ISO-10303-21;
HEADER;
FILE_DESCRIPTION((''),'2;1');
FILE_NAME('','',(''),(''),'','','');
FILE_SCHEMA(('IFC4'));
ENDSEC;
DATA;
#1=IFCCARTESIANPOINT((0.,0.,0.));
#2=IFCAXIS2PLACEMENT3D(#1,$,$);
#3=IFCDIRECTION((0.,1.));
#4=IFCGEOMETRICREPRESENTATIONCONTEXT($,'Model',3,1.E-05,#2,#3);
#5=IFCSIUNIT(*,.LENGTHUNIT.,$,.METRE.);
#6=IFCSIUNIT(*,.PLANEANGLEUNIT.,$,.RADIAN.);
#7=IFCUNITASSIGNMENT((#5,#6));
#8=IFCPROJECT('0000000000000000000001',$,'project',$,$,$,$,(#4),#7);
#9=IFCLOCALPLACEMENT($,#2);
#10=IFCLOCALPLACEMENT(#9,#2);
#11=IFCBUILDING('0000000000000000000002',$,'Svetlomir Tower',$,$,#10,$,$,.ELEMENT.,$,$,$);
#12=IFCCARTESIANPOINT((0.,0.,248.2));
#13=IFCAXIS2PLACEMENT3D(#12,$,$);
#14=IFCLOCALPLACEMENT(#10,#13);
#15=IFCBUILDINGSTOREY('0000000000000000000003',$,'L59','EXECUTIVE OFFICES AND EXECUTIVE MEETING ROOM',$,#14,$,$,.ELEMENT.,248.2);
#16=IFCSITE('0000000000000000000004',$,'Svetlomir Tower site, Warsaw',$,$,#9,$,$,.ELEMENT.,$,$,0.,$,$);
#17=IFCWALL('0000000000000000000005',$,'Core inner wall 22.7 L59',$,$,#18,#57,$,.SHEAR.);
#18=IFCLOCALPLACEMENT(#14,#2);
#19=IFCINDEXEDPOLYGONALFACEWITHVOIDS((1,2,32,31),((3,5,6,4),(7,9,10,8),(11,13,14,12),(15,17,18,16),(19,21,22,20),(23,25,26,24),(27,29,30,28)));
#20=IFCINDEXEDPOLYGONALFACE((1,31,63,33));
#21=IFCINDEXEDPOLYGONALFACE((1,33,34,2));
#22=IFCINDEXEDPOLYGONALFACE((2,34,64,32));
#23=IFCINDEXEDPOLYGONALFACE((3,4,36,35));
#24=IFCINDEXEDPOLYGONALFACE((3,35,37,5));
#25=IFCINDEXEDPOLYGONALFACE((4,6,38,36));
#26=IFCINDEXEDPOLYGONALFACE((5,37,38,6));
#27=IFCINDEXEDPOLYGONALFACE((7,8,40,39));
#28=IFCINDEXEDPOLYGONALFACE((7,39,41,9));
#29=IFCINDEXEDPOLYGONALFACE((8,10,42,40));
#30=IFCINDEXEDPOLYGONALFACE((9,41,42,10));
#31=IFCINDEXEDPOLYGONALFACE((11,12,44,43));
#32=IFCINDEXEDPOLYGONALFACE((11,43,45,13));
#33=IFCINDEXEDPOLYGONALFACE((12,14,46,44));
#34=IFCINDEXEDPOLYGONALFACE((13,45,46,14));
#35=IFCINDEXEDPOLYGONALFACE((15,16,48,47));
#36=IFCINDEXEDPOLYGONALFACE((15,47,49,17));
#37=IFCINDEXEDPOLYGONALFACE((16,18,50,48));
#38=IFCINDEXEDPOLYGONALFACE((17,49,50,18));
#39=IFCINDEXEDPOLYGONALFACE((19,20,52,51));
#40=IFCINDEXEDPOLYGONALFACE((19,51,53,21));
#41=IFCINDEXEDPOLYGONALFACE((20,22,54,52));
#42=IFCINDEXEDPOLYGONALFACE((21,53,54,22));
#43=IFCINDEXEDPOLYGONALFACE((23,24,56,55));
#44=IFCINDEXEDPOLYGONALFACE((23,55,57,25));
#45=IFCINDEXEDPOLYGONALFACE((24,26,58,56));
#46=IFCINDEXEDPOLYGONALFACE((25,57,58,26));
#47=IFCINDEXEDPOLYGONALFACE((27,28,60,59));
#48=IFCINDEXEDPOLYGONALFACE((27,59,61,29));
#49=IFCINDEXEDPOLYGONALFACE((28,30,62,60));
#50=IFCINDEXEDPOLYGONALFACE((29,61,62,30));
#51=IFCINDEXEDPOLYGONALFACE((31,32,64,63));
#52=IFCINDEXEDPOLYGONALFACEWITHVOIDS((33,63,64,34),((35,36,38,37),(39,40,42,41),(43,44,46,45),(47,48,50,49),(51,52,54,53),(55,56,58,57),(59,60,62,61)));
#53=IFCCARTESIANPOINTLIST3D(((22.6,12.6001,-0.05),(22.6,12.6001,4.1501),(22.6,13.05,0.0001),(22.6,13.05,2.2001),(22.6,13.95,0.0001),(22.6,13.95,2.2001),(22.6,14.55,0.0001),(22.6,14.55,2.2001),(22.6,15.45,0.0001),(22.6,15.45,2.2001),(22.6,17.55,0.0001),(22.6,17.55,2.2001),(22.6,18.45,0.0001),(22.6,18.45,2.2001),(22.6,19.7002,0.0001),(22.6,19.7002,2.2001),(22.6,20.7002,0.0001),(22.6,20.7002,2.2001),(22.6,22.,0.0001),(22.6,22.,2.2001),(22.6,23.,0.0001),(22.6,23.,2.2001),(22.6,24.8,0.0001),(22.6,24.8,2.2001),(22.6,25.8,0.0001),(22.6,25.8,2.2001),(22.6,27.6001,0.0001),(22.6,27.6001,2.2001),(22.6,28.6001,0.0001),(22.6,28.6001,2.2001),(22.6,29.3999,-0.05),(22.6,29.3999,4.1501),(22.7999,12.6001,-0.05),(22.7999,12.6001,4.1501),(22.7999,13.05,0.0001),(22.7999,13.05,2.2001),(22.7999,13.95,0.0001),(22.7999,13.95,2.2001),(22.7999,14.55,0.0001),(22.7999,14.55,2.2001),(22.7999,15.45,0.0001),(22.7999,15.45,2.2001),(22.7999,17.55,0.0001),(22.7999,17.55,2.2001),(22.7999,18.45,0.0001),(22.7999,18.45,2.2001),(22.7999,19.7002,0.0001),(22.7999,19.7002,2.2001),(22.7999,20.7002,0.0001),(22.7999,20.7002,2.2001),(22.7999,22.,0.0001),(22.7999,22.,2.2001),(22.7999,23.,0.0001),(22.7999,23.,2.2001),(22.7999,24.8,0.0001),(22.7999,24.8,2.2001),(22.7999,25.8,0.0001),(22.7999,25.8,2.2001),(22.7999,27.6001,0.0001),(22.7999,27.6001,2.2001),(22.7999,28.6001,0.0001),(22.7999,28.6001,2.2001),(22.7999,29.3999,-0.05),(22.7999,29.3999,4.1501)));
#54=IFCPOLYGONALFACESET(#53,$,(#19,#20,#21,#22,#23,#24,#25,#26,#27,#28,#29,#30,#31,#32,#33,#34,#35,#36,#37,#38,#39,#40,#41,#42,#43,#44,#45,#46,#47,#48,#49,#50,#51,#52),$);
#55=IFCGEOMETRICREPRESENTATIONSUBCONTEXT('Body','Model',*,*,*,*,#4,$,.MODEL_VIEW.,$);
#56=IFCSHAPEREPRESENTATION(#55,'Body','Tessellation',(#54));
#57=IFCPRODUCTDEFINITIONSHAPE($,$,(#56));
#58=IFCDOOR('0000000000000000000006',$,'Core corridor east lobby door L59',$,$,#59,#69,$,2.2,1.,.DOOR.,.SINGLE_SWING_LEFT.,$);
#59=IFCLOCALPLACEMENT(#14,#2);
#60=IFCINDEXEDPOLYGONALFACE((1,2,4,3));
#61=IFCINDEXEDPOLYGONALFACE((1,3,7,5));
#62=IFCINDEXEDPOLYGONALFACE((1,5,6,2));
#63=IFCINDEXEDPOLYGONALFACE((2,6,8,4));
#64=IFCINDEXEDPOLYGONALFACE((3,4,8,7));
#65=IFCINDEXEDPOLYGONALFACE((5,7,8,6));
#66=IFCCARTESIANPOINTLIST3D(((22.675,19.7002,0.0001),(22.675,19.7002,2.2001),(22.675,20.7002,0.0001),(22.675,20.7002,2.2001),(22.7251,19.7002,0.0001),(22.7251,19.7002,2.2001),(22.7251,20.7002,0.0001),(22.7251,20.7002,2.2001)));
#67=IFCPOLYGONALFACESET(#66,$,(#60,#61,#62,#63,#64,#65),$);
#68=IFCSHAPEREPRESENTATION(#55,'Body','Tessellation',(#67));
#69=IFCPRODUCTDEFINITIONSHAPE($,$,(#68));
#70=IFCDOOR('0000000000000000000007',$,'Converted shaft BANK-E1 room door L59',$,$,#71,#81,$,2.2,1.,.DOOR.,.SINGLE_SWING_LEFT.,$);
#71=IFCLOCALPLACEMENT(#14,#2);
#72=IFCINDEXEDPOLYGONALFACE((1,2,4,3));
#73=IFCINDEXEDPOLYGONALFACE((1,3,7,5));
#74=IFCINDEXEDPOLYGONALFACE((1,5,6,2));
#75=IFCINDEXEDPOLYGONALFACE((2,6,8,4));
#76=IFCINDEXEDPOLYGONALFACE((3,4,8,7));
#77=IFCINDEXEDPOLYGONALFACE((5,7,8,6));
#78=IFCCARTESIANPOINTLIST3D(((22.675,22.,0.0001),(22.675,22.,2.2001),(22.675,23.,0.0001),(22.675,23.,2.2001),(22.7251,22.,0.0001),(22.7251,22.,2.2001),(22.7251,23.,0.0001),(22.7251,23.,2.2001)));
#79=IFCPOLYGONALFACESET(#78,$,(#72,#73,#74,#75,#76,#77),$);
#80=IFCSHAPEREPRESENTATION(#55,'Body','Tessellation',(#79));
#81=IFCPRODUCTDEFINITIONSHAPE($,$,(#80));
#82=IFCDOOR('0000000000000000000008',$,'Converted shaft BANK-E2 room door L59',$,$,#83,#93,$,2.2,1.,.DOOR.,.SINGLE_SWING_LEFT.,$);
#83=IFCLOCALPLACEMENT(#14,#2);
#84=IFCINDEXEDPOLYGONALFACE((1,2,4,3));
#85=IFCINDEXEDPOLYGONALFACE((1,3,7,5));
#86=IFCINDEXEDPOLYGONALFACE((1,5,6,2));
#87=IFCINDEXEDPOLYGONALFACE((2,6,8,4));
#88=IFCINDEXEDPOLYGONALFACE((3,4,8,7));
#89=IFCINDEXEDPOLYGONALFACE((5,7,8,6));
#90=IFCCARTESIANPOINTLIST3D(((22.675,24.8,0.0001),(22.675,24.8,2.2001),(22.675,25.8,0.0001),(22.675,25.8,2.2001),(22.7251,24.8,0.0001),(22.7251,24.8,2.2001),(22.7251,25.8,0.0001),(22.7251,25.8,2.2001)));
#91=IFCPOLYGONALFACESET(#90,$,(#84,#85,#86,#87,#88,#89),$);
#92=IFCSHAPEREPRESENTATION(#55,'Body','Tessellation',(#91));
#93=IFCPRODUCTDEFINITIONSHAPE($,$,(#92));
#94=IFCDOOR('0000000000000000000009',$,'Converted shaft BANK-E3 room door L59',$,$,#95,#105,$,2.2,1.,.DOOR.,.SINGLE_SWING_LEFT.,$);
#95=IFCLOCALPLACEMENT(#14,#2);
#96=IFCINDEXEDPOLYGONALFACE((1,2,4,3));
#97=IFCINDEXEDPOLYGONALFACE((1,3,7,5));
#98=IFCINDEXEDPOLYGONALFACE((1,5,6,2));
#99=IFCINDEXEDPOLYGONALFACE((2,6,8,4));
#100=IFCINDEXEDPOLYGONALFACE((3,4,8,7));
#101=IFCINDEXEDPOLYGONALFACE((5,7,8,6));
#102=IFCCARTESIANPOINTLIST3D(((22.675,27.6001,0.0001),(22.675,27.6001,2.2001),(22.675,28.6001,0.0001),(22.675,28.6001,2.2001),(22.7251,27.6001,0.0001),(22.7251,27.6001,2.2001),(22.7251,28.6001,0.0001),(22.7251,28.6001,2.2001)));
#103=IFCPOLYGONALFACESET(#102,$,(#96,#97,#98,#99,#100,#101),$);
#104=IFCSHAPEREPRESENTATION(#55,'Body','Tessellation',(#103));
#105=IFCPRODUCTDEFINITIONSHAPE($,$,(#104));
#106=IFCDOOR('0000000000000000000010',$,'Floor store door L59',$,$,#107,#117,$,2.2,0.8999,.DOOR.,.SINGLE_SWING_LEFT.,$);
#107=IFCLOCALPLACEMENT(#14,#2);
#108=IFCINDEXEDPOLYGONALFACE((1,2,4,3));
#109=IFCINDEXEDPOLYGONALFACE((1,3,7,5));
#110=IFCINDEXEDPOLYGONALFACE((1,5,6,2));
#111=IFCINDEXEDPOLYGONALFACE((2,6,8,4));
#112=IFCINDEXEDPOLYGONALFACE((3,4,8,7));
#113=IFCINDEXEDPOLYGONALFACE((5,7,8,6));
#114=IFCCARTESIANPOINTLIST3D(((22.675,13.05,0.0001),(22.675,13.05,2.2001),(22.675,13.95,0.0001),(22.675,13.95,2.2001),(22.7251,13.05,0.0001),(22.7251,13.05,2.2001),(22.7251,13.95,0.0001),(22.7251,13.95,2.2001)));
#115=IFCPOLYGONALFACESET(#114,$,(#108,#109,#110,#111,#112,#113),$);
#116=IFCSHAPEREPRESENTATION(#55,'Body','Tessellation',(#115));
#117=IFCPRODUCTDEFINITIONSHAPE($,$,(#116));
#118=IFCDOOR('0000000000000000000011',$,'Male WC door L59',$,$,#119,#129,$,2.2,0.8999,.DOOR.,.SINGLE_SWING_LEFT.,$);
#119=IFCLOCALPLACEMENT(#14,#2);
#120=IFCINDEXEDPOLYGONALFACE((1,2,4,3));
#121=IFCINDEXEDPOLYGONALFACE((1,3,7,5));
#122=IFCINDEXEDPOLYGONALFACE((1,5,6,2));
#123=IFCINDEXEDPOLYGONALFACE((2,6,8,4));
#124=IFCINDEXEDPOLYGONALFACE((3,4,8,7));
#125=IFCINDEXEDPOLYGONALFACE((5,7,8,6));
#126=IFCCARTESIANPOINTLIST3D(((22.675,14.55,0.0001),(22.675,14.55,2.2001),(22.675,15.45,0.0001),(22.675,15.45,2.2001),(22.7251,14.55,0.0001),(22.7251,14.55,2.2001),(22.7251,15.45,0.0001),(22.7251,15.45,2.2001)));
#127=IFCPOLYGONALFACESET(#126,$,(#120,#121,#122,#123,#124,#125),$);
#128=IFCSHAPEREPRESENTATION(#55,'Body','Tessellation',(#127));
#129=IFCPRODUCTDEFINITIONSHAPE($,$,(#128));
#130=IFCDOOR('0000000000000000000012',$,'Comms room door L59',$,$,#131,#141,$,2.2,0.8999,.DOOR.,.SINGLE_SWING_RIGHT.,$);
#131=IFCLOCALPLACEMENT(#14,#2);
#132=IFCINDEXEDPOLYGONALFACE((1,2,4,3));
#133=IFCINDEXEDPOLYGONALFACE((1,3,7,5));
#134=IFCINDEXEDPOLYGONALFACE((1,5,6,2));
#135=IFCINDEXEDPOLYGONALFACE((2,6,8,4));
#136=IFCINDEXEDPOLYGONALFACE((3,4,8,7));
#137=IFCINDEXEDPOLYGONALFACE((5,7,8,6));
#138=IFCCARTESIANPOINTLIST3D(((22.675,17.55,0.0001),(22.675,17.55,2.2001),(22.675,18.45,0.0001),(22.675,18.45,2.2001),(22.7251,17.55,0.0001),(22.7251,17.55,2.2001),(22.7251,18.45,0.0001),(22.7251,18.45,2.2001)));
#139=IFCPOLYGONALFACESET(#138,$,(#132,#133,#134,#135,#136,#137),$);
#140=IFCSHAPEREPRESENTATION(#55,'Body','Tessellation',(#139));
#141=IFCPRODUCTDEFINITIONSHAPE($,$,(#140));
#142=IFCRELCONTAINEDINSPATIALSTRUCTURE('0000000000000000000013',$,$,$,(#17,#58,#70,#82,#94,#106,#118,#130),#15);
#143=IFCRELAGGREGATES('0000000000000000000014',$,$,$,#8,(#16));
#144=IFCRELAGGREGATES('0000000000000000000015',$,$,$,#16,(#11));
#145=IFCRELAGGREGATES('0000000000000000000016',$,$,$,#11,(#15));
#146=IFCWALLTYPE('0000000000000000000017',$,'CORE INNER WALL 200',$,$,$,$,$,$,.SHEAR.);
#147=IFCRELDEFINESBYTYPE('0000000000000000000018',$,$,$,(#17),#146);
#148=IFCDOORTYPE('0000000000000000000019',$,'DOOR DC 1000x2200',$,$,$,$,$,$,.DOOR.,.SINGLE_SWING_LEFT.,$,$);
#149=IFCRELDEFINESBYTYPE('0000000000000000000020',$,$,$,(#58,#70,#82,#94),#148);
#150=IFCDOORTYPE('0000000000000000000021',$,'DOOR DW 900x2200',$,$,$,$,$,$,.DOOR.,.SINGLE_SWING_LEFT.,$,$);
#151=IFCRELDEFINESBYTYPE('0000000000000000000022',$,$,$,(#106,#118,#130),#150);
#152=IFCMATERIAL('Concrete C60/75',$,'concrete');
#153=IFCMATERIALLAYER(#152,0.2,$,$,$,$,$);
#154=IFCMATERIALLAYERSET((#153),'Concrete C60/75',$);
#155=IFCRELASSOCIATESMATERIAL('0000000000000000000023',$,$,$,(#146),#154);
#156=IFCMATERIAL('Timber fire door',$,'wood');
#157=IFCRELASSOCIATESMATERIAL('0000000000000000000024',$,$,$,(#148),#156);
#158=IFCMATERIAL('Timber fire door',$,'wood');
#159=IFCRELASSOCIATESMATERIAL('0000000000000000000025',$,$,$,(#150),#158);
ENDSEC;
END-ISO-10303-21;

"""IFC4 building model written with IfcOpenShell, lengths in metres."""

from ifc_helpers import new_model, si_unit, direction, frame, frame_2d, origin, place, context, subcontext, project, spatial, rectangle, extrude, material, layer, layer_set, type_object, element, fill, save


model = new_model("IFC4")

# Units and contexts
model_context = context("Model", 3, precision=1e-05, world=origin(), true_north=direction((0.0, 1.0)))
body_context = subcontext(model_context, "Body", "Model", "MODEL_VIEW")
ifc_project = project(units=[si_unit("LENGTHUNIT", "METRE"), si_unit("PLANEANGLEUNIT", "RADIAN")], contexts=[model_context])

# Site, building, storey
site_placement = place(None, origin())
site = spatial("IfcSite", under=ifc_project, at=site_placement, Name="Svetlomir Tower site, Warsaw", CompositionType="ELEMENT", RefElevation=0.0)
building_placement = place(site_placement, origin())
building = spatial("IfcBuilding", under=site, at=building_placement, Name="Svetlomir Tower", CompositionType="ELEMENT")
storey_placement = place(building_placement, frame((0.0, 0.0, 248.2)))
storey = spatial("IfcBuildingStorey", under=building, at=storey_placement, Name="L59", Description="EXECUTIVE OFFICES AND EXECUTIVE MEETING ROOM", CompositionType="ELEMENT", Elevation=248.2)

# Shared definitions
ifc_material_1 = material(Name="Concrete C60/75", Category="concrete")
ifc_layer_1 = layer(ifc_material_1, 0.2)
ifc_layer_set_1 = layer_set([ifc_layer_1], Name="Concrete C60/75")
wall_type_1 = type_object("IfcWallType", Name="CORE INNER WALL 200", PredefinedType="SHEAR", material=ifc_layer_set_1)

# Wall, openings, doors
ifc_material_2 = material(Name="Timber fire door", Category="wood")
door_type_1 = type_object("IfcDoorType", Name="DOOR DC 1000x2200", OperationType="SINGLE_SWING_LEFT", PredefinedType="DOOR", material=ifc_material_2)
ifc_material_3 = material(Name="Timber fire door", Category="wood")
door_type_2 = type_object("IfcDoorType", Name="DOOR DW 900x2200", OperationType="SINGLE_SWING_LEFT", PredefinedType="DOOR", material=ifc_material_3)
wall_1_placement = place(storey_placement, frame((22.7, 12.6001, -0.05), z_axis=(0.0, 0.0, 1.0), x_axis=(0.0, 1.0, 0.0)))
wall_1 = element("IfcWall", 1, at=wall_1_placement, inside=storey, type_object=wall_type_1, Name="Core inner wall 22.7 L59", PredefinedType="SHEAR", context=body_context, shape_type="SweptSolid", body=[
    extrude(rectangle(XDim=16.7998, YDim=0.2, at=frame_2d((8.3999, 0.0))), origin(), (0.0, 0.0, 1.0), 4.2002),
])
opening_1_placement = place(wall_1_placement, frame((0.45, 0.0, 0.05)))
opening_1 = element("IfcOpeningElement", 2, at=opening_1_placement, cuts=wall_1, PredefinedType="OPENING", context=body_context, shape_type="SweptSolid", body=[
    extrude(rectangle(XDim=0.8999, YDim=2.2, at=frame_2d((0.45, 1.1001))), frame((0.0, 0.1099, 0.0), z_axis=(0.0, -1.0, 0.0), x_axis=(1.0, 0.0, 0.0)), (0.0, 0.0, 1.0), 0.22),
])
opening_2_placement = place(wall_1_placement, frame((7.1001, 0.0, 0.05)))
opening_2 = element("IfcOpeningElement", 3, at=opening_2_placement, cuts=wall_1, PredefinedType="OPENING", context=body_context, shape_type="SweptSolid", body=[
    extrude(rectangle(XDim=1.0, YDim=2.2, at=frame_2d((0.5, 1.1001))), frame((0.0, 0.1099, 0.0), z_axis=(0.0, -1.0, 0.0), x_axis=(1.0, 0.0, 0.0)), (0.0, 0.0, 1.0), 0.22),
])
opening_3_placement = place(wall_1_placement, frame((1.95, 0.0, 0.05)))
opening_3 = element("IfcOpeningElement", 4, at=opening_3_placement, cuts=wall_1, PredefinedType="OPENING", context=body_context, shape_type="SweptSolid", body=[
    extrude(rectangle(XDim=0.8999, YDim=2.2, at=frame_2d((0.45, 1.1001))), frame((0.0, 0.1099, 0.0), z_axis=(0.0, -1.0, 0.0), x_axis=(1.0, 0.0, 0.0)), (0.0, 0.0, 1.0), 0.22),
])
opening_4_placement = place(wall_1_placement, frame((4.95, 0.0, 0.05)))
opening_4 = element("IfcOpeningElement", 5, at=opening_4_placement, cuts=wall_1, PredefinedType="OPENING", context=body_context, shape_type="SweptSolid", body=[
    extrude(rectangle(XDim=0.8999, YDim=2.2, at=frame_2d((0.45, 1.1001))), frame((0.0, 0.1099, 0.0), z_axis=(0.0, -1.0, 0.0), x_axis=(1.0, 0.0, 0.0)), (0.0, 0.0, 1.0), 0.22),
])
opening_5_placement = place(wall_1_placement, frame((9.3999, 0.0, 0.05)))
opening_5 = element("IfcOpeningElement", 6, at=opening_5_placement, cuts=wall_1, PredefinedType="OPENING", context=body_context, shape_type="SweptSolid", body=[
    extrude(rectangle(XDim=1.0, YDim=2.2, at=frame_2d((0.5, 1.1001))), frame((0.0, 0.1099, 0.0), z_axis=(0.0, -1.0, 0.0), x_axis=(1.0, 0.0, 0.0)), (0.0, 0.0, 1.0), 0.22),
])
opening_6_placement = place(wall_1_placement, frame((12.2, 0.0, 0.05)))
opening_6 = element("IfcOpeningElement", 7, at=opening_6_placement, cuts=wall_1, PredefinedType="OPENING", context=body_context, shape_type="SweptSolid", body=[
    extrude(rectangle(XDim=1.0, YDim=2.2, at=frame_2d((0.5, 1.1001))), frame((0.0, 0.1099, 0.0), z_axis=(0.0, -1.0, 0.0), x_axis=(1.0, 0.0, 0.0)), (0.0, 0.0, 1.0), 0.22),
])
opening_7_placement = place(wall_1_placement, frame((15.0, 0.0, 0.05)))
opening_7 = element("IfcOpeningElement", 8, at=opening_7_placement, cuts=wall_1, PredefinedType="OPENING", context=body_context, shape_type="SweptSolid", body=[
    extrude(rectangle(XDim=1.0, YDim=2.2, at=frame_2d((0.5, 1.1001))), frame((0.0, 0.1099, 0.0), z_axis=(0.0, -1.0, 0.0), x_axis=(1.0, 0.0, 0.0)), (0.0, 0.0, 1.0), 0.22),
])
door_1_placement = place(opening_2_placement, origin())
door_1 = element("IfcDoor", 9, at=door_1_placement, inside=storey, type_object=door_type_1, Name="Core corridor east lobby door L59", OperationType="SINGLE_SWING_LEFT", OverallHeight=2.2, OverallWidth=1.0, PredefinedType="DOOR", context=body_context, shape_type="SweptSolid", body=[
    extrude(rectangle(XDim=1.0, YDim=2.2, at=frame_2d((0.5, 1.1001))), frame((0.0, 0.0249, 0.0), z_axis=(0.0, -1.0, 0.0), x_axis=(1.0, 0.0, 0.0)), (0.0, 0.0, 1.0), 0.05),
])
fill(opening_2, door_1)
door_2_placement = place(opening_5_placement, origin())
door_2 = element("IfcDoor", 10, at=door_2_placement, inside=storey, type_object=door_type_1, Name="Converted shaft BANK-E1 room door L59", OperationType="SINGLE_SWING_LEFT", OverallHeight=2.2, OverallWidth=1.0, PredefinedType="DOOR", context=body_context, shape_type="SweptSolid", body=[
    extrude(rectangle(XDim=1.0, YDim=2.2, at=frame_2d((0.5, 1.1001))), frame((0.0, 0.0249, 0.0), z_axis=(0.0, -1.0, 0.0), x_axis=(1.0, 0.0, 0.0)), (0.0, 0.0, 1.0), 0.05),
])
fill(opening_5, door_2)
door_3_placement = place(opening_6_placement, origin())
door_3 = element("IfcDoor", 11, at=door_3_placement, inside=storey, type_object=door_type_1, Name="Converted shaft BANK-E2 room door L59", OperationType="SINGLE_SWING_LEFT", OverallHeight=2.2, OverallWidth=1.0, PredefinedType="DOOR", context=body_context, shape_type="SweptSolid", body=[
    extrude(rectangle(XDim=1.0, YDim=2.2, at=frame_2d((0.5, 1.1001))), frame((0.0, 0.0249, 0.0), z_axis=(0.0, -1.0, 0.0), x_axis=(1.0, 0.0, 0.0)), (0.0, 0.0, 1.0), 0.05),
])
fill(opening_6, door_3)
door_4_placement = place(opening_7_placement, origin())
door_4 = element("IfcDoor", 12, at=door_4_placement, inside=storey, type_object=door_type_1, Name="Converted shaft BANK-E3 room door L59", OperationType="SINGLE_SWING_LEFT", OverallHeight=2.2, OverallWidth=1.0, PredefinedType="DOOR", context=body_context, shape_type="SweptSolid", body=[
    extrude(rectangle(XDim=1.0, YDim=2.2, at=frame_2d((0.5, 1.1001))), frame((0.0, 0.0249, 0.0), z_axis=(0.0, -1.0, 0.0), x_axis=(1.0, 0.0, 0.0)), (0.0, 0.0, 1.0), 0.05),
])
fill(opening_7, door_4)
door_5_placement = place(opening_1_placement, origin())
door_5 = element("IfcDoor", 13, at=door_5_placement, inside=storey, type_object=door_type_2, Name="Floor store door L59", OperationType="SINGLE_SWING_LEFT", OverallHeight=2.2, OverallWidth=0.8999, PredefinedType="DOOR", context=body_context, shape_type="SweptSolid", body=[
    extrude(rectangle(XDim=0.8999, YDim=2.2, at=frame_2d((0.45, 1.1001))), frame((0.0, 0.0249, 0.0), z_axis=(0.0, -1.0, 0.0), x_axis=(1.0, 0.0, 0.0)), (0.0, 0.0, 1.0), 0.05),
])
fill(opening_1, door_5)
door_6_placement = place(opening_3_placement, origin())
door_6 = element("IfcDoor", 14, at=door_6_placement, inside=storey, type_object=door_type_2, Name="Male WC door L59", OperationType="SINGLE_SWING_LEFT", OverallHeight=2.2, OverallWidth=0.8999, PredefinedType="DOOR", context=body_context, shape_type="SweptSolid", body=[
    extrude(rectangle(XDim=0.8999, YDim=2.2, at=frame_2d((0.45, 1.1001))), frame((0.0, 0.0249, 0.0), z_axis=(0.0, -1.0, 0.0), x_axis=(1.0, 0.0, 0.0)), (0.0, 0.0, 1.0), 0.05),
])
fill(opening_3, door_6)
door_7_placement = place(opening_4_placement, origin())
door_7 = element("IfcDoor", 15, at=door_7_placement, inside=storey, type_object=door_type_2, Name="Comms room door L59", OperationType="SINGLE_SWING_RIGHT", OverallHeight=2.2, OverallWidth=0.8999, PredefinedType="DOOR", context=body_context, shape_type="SweptSolid", body=[
    extrude(rectangle(XDim=0.8999, YDim=2.2, at=frame_2d((0.45, 1.1001))), frame((0.0, 0.0249, 0.0), z_axis=(0.0, -1.0, 0.0), x_axis=(1.0, 0.0, 0.0)), (0.0, 0.0, 1.0), 0.05),
])
fill(opening_4, door_7)

save(model, "model.ifc")
